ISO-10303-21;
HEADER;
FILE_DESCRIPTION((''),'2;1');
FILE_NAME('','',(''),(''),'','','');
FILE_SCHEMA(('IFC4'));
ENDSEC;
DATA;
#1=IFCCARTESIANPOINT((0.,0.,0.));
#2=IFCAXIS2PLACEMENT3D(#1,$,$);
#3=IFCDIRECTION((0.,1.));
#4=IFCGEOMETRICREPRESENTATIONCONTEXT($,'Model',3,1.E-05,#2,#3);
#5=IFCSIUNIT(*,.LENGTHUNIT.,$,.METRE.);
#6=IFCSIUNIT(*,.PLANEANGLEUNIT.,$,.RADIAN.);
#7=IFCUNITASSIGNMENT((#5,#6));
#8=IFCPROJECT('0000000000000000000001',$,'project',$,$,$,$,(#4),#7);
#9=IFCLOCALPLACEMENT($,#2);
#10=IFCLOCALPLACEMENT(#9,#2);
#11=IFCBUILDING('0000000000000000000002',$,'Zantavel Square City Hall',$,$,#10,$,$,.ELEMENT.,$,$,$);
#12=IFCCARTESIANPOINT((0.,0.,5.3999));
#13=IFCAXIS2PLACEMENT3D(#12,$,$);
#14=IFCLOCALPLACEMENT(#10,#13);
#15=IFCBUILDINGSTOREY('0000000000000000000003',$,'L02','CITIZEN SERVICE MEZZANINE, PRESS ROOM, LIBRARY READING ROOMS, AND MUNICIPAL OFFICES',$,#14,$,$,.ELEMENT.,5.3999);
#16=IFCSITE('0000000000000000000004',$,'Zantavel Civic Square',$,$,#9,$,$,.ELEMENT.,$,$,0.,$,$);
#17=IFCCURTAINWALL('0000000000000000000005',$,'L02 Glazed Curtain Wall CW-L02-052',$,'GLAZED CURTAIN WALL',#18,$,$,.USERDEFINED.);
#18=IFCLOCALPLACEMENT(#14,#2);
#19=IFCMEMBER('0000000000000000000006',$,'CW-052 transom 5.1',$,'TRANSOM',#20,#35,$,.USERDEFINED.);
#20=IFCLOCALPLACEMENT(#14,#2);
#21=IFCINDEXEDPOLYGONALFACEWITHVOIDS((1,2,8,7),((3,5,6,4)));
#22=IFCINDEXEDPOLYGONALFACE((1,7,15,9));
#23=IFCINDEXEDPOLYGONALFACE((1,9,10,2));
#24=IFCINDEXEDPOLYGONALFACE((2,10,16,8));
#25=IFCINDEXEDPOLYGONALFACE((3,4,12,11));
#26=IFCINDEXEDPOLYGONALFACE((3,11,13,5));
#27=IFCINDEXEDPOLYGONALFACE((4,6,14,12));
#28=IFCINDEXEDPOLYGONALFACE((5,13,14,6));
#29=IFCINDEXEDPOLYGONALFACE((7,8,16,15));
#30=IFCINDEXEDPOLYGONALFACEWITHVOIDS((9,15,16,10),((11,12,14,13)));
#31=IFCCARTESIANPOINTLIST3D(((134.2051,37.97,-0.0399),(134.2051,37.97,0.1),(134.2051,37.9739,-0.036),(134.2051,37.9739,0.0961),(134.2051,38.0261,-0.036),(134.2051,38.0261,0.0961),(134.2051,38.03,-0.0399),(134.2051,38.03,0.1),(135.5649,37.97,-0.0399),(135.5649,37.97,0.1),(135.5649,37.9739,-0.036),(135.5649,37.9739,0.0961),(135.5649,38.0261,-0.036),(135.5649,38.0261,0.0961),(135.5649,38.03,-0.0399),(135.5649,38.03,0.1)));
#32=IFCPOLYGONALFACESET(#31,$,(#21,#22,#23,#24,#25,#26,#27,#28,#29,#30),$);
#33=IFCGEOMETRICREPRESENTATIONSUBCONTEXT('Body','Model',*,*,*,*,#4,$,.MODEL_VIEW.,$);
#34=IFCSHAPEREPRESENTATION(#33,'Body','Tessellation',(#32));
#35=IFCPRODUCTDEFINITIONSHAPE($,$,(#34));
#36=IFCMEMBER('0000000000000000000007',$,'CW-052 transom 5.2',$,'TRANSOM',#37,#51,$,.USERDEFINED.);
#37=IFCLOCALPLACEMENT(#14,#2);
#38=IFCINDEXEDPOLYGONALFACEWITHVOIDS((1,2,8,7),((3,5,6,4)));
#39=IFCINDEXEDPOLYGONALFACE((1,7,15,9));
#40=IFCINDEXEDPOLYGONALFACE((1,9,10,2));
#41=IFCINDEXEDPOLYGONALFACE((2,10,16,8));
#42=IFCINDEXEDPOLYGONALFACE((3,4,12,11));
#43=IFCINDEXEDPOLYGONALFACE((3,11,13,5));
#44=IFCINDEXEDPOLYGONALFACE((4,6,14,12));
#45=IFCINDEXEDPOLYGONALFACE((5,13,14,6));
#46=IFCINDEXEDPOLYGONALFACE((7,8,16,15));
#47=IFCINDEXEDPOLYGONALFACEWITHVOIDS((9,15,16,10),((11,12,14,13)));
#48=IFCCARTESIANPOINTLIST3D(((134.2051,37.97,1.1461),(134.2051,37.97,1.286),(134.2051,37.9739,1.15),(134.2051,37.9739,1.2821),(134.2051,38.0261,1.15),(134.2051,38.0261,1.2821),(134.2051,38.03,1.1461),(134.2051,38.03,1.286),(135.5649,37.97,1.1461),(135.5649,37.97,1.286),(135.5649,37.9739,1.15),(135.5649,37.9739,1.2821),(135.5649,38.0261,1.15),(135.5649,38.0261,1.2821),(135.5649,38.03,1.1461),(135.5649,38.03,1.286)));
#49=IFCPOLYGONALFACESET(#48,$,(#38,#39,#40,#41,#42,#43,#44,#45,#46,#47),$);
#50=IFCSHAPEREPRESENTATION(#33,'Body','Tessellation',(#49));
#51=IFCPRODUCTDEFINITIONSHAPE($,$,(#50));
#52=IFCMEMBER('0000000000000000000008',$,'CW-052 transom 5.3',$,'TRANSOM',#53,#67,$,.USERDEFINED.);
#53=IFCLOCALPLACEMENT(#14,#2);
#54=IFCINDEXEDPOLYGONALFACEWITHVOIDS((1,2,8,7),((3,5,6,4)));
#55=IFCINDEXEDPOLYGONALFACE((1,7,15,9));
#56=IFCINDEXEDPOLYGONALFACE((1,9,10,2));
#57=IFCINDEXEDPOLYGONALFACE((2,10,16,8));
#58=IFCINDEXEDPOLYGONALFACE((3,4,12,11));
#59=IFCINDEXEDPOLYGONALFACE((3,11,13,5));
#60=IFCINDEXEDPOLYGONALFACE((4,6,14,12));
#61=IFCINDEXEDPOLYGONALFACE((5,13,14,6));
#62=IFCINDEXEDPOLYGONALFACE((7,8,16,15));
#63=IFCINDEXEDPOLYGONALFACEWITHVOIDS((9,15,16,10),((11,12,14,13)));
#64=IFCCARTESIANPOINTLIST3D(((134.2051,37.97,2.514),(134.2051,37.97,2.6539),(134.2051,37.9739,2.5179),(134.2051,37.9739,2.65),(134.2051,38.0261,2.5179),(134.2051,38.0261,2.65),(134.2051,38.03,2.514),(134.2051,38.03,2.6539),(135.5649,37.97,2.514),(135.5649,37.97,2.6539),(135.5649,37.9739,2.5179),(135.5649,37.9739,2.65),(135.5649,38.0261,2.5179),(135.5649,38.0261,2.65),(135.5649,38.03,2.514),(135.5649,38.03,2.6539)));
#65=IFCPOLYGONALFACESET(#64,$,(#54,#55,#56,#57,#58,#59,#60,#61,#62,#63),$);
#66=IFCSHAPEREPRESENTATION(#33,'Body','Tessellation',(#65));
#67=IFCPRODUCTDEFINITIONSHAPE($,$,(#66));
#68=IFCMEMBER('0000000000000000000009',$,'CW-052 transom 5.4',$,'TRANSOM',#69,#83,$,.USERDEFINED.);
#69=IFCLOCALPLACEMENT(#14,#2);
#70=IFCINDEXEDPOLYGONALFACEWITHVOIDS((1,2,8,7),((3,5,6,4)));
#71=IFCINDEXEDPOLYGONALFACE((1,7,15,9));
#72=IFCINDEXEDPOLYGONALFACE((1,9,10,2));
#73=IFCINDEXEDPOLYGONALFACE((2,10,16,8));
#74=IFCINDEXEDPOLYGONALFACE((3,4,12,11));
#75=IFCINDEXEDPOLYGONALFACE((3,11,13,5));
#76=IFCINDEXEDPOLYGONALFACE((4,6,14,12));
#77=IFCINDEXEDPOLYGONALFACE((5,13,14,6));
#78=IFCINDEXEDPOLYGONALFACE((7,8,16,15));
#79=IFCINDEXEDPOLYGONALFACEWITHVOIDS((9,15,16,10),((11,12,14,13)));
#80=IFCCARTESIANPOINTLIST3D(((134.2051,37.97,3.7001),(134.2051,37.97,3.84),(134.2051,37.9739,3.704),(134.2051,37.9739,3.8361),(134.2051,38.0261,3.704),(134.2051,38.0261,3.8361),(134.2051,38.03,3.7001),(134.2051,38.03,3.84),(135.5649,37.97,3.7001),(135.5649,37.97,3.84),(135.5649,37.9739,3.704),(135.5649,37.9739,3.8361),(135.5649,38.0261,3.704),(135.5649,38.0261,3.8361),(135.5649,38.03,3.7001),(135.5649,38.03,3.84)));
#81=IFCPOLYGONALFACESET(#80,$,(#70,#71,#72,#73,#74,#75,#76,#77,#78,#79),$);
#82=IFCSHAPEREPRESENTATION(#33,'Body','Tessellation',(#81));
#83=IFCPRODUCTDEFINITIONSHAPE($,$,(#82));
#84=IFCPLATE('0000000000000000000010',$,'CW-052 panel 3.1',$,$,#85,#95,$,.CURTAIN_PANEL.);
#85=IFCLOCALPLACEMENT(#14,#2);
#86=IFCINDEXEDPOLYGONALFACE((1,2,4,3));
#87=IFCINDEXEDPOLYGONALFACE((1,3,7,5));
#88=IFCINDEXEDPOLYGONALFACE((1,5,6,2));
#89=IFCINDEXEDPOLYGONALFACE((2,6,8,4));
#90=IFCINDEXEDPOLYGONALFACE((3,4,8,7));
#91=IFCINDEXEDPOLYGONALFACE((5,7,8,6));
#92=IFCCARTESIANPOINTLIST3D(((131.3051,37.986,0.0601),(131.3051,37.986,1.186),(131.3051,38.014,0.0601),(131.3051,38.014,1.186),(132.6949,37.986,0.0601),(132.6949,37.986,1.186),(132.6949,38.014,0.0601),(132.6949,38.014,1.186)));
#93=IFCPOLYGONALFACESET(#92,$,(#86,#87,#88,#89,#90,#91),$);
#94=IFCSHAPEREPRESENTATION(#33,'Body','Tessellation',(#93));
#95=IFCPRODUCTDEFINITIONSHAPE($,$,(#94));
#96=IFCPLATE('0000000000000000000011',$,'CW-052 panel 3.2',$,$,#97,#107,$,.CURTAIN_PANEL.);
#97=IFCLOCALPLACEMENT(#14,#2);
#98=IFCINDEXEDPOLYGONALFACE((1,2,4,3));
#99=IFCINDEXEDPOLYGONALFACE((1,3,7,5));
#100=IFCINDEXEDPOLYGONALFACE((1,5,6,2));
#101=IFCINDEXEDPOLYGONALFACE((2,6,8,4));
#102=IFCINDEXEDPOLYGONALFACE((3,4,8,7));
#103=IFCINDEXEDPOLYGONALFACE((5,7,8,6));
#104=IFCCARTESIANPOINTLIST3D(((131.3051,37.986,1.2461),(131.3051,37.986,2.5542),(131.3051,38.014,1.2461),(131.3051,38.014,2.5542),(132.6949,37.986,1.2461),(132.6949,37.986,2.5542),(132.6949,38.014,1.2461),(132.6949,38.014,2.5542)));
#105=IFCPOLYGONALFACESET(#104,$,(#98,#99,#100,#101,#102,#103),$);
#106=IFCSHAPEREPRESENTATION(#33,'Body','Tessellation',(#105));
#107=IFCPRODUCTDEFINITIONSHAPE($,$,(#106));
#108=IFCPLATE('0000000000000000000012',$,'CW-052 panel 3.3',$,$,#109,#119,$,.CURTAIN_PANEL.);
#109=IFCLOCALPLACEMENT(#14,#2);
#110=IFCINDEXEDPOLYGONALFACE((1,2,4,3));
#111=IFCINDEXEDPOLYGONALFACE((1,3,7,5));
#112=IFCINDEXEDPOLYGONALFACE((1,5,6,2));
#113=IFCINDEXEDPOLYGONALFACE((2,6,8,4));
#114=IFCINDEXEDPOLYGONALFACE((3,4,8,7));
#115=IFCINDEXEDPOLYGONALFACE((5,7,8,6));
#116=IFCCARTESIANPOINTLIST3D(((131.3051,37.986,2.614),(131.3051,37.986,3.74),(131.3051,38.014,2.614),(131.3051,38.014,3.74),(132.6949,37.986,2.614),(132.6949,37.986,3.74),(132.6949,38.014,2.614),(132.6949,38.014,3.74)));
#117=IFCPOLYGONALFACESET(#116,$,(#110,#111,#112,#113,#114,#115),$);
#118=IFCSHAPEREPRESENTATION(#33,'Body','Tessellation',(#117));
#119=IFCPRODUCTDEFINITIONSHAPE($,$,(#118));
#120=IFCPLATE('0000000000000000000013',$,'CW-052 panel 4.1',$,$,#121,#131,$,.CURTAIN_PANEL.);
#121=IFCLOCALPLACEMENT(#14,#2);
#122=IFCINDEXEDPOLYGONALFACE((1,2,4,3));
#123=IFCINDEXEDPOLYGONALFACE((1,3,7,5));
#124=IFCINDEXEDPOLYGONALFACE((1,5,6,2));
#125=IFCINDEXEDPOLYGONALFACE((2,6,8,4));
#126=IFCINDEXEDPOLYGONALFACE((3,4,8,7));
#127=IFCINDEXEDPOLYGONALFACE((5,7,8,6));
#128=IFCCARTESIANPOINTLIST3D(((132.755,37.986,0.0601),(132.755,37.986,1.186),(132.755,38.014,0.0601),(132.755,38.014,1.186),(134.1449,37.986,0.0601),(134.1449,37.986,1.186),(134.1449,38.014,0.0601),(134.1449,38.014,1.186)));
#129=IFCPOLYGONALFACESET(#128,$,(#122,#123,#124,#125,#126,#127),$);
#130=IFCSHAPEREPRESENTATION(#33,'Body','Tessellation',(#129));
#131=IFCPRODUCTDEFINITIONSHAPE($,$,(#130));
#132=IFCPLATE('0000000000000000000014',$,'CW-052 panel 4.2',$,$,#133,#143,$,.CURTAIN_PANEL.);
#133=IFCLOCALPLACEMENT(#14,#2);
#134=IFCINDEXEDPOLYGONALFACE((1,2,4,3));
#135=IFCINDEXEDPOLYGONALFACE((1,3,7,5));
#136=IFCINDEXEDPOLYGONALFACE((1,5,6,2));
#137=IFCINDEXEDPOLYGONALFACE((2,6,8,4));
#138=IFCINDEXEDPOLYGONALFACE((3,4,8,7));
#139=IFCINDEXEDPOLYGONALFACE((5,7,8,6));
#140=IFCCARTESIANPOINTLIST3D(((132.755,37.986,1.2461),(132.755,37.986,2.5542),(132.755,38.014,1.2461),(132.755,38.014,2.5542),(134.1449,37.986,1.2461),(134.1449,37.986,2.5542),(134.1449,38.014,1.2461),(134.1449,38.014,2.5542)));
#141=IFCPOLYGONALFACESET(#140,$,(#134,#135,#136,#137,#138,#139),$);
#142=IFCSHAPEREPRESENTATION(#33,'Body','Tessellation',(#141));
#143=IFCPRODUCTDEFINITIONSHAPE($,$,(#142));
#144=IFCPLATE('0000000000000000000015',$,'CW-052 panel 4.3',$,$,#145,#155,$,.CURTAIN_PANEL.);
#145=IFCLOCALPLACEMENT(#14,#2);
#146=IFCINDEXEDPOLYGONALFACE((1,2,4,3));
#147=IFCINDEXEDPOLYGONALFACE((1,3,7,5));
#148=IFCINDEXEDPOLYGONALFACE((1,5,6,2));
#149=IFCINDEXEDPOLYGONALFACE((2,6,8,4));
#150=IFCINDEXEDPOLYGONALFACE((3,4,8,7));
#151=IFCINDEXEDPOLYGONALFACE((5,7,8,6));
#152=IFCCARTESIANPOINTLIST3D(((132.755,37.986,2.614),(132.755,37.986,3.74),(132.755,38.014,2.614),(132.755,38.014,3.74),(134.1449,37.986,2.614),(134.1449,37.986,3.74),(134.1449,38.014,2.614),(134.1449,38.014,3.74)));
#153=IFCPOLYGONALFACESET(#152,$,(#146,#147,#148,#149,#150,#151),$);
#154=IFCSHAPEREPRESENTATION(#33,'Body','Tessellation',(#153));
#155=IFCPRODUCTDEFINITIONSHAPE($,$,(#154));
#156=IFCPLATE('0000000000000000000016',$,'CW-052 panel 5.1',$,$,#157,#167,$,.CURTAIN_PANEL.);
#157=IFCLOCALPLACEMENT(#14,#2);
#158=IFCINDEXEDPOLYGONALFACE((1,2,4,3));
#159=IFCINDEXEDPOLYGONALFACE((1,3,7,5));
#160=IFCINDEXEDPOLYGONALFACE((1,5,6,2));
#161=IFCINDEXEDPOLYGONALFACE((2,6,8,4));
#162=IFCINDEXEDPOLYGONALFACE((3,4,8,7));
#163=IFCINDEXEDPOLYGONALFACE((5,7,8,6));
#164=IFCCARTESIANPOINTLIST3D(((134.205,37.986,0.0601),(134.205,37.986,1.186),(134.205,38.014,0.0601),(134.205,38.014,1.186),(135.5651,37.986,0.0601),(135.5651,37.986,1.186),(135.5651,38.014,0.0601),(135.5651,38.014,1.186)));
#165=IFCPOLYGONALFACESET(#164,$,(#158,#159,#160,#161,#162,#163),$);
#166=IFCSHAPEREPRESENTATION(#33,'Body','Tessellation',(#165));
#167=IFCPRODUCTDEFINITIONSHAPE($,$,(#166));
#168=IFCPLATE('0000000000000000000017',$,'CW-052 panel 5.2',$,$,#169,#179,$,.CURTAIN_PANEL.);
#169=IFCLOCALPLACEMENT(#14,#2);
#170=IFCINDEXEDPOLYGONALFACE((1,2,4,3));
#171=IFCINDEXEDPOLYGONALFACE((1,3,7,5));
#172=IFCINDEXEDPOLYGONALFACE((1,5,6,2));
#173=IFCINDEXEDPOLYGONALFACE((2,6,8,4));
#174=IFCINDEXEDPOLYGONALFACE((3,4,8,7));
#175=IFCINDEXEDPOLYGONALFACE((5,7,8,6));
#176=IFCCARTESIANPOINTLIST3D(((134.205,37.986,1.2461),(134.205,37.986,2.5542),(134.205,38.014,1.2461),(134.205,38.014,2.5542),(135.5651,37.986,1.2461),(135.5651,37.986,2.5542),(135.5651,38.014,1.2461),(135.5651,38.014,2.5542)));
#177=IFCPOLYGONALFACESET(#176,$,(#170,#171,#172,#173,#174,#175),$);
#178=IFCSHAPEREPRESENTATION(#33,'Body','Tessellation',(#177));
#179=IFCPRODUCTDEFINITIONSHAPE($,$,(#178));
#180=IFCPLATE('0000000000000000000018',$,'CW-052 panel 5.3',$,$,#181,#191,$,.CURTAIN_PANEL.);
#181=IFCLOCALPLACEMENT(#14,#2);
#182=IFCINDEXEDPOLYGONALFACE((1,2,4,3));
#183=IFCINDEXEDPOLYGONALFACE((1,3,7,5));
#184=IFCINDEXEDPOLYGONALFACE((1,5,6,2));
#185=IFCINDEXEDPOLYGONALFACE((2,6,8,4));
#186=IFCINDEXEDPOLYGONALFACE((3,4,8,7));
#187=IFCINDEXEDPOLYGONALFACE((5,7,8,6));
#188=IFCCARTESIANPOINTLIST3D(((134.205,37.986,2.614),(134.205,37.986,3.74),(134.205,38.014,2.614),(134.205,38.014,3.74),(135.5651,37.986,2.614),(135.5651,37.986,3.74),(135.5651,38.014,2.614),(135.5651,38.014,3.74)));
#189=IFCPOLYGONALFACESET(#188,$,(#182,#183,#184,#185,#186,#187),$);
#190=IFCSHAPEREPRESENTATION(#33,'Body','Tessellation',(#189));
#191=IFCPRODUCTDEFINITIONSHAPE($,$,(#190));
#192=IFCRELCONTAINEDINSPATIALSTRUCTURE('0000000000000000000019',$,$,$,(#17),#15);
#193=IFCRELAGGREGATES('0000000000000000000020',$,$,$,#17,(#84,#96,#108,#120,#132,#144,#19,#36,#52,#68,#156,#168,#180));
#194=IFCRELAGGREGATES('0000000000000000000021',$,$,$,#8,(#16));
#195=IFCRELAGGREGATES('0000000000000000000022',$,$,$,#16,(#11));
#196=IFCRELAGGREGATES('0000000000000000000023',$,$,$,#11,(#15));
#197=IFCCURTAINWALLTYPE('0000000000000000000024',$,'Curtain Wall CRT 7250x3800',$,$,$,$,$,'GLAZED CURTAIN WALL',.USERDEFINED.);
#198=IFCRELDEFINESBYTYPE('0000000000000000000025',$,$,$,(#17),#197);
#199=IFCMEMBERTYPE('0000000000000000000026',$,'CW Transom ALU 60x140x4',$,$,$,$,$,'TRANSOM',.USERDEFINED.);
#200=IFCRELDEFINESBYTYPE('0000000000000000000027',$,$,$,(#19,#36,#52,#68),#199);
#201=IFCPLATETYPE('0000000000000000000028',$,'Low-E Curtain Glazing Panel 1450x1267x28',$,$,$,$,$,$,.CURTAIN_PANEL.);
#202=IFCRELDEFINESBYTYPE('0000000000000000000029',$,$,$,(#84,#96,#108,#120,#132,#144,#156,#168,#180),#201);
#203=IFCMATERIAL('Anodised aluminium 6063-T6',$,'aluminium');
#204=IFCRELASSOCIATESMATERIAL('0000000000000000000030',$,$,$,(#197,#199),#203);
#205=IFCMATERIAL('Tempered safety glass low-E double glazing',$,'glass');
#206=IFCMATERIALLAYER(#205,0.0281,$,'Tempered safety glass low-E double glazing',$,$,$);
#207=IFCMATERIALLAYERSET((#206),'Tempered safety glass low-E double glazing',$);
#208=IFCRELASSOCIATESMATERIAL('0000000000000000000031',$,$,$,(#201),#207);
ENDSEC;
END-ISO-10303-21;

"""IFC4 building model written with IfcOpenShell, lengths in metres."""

from ifc_helpers import new_model, si_unit, direction, frame, origin, origin_2d, place, context, subcontext, project, spatial, rectangle, hollow_rectangle, extrude, material, layer, layer_set, material_profile, profile_set, type_object, element, aggregate, save


model = new_model("IFC4")

# Units and contexts
model_context = context("Model", 3, precision=1e-05, world=origin(), true_north=direction((0.0, 1.0)))
body_context = subcontext(model_context, "Body", "Model", "MODEL_VIEW")
ifc_project = project(units=[si_unit("LENGTHUNIT", "METRE"), si_unit("PLANEANGLEUNIT", "RADIAN")], contexts=[model_context])

# Site, building, storey
site_placement = place(None, origin())
site = spatial("IfcSite", under=ifc_project, at=site_placement, Name="Zantavel Civic Square", CompositionType="ELEMENT", RefElevation=0.0)
building_placement = place(site_placement, origin())
building = spatial("IfcBuilding", under=site, at=building_placement, Name="Zantavel Square City Hall", CompositionType="ELEMENT")
storey_placement = place(building_placement, frame((0.0, 0.0, 5.3999)))
storey = spatial("IfcBuildingStorey", under=building, at=storey_placement, Name="L02", Description="CITIZEN SERVICE MEZZANINE, PRESS ROOM, LIBRARY READING ROOMS, AND MUNICIPAL OFFICES", CompositionType="ELEMENT", Elevation=5.3999)

# Curtain wall, members, plates
ifc_material_1 = material(Name="Anodised aluminium 6063-T6", Category="aluminium")
curtain_wall_type = type_object("IfcCurtainWallType", Name="Curtain Wall CRT 7250x3800", ElementType="GLAZED CURTAIN WALL", PredefinedType="USERDEFINED", material=ifc_material_1)
curtain_wall_placement = place(storey_placement, origin())
curtain_wall = element("IfcCurtainWall", 1, at=curtain_wall_placement, inside=storey, type_object=curtain_wall_type, Name="L02 Glazed Curtain Wall CW-L02-052", ObjectType="GLAZED CURTAIN WALL", PredefinedType="USERDEFINED")
ifc_material_profile_1 = material_profile(ifc_material_1, hollow_rectangle(XDim=0.0601, YDim=0.1399, WallThickness=0.0039, at=origin_2d()), Name="ALU 60x140x4")
ifc_profile_set_1 = profile_set([ifc_material_profile_1], Name="Anodised aluminium 6063-T6")
member_type_1 = type_object("IfcMemberType", Name="CW Transom ALU 60x140x4", ElementType="TRANSOM", PredefinedType="USERDEFINED", material=ifc_profile_set_1)
member_1_placement = place(storey_placement, frame((134.2051, 38.0, 0.03), z_axis=(1.0, 0.0, 0.0), x_axis=(0.0, 1.0, 0.0)))
member_1 = element("IfcMember", 2, at=member_1_placement, type_object=member_type_1, Name="CW-052 transom 5.1", ObjectType="TRANSOM", PredefinedType="USERDEFINED", context=body_context, shape_type="SweptSolid", body=[
    extrude(hollow_rectangle(XDim=0.0601, YDim=0.1399, WallThickness=0.0039, at=origin_2d()), origin(), (0.0, 0.0, 1.0), 1.3599),
])
member_2_placement = place(storey_placement, frame((134.2051, 38.0, 1.2161), z_axis=(1.0, 0.0, 0.0), x_axis=(0.0, 1.0, 0.0)))
member_2 = element("IfcMember", 3, at=member_2_placement, type_object=member_type_1, Name="CW-052 transom 5.2", ObjectType="TRANSOM", PredefinedType="USERDEFINED", context=body_context, shape_type="SweptSolid", body=[
    extrude(hollow_rectangle(XDim=0.0601, YDim=0.1399, WallThickness=0.0039, at=origin_2d()), origin(), (0.0, 0.0, 1.0), 1.3599),
])
member_3_placement = place(storey_placement, frame((134.2051, 38.0, 2.584), z_axis=(1.0, 0.0, 0.0), x_axis=(0.0, 1.0, 0.0)))
member_3 = element("IfcMember", 4, at=member_3_placement, type_object=member_type_1, Name="CW-052 transom 5.3", ObjectType="TRANSOM", PredefinedType="USERDEFINED", context=body_context, shape_type="SweptSolid", body=[
    extrude(hollow_rectangle(XDim=0.0601, YDim=0.1399, WallThickness=0.0039, at=origin_2d()), origin(), (0.0, 0.0, 1.0), 1.3599),
])
member_4_placement = place(storey_placement, frame((134.2051, 38.0, 3.77), z_axis=(1.0, 0.0, 0.0), x_axis=(0.0, 1.0, 0.0)))
member_4 = element("IfcMember", 5, at=member_4_placement, type_object=member_type_1, Name="CW-052 transom 5.4", ObjectType="TRANSOM", PredefinedType="USERDEFINED", context=body_context, shape_type="SweptSolid", body=[
    extrude(hollow_rectangle(XDim=0.0601, YDim=0.1399, WallThickness=0.0039, at=origin_2d()), origin(), (0.0, 0.0, 1.0), 1.3599),
])
ifc_material_2 = material(Name="Tempered safety glass low-E double glazing", Category="glass")
ifc_layer = layer(ifc_material_2, 0.0281, Name="Tempered safety glass low-E double glazing")
ifc_layer_set = layer_set([ifc_layer], Name="Tempered safety glass low-E double glazing")
plate_type = type_object("IfcPlateType", Name="Low-E Curtain Glazing Panel 1450x1267x28", PredefinedType="CURTAIN_PANEL", material=ifc_layer_set)
plate_1_placement = place(storey_placement, frame((132.0, 38.0, 0.0601), z_axis=(0.0, 0.0, 1.0), x_axis=(1.0, 0.0, 0.0)))
plate_1 = element("IfcPlate", 6, at=plate_1_placement, type_object=plate_type, Name="CW-052 panel 3.1", PredefinedType="CURTAIN_PANEL", context=body_context, shape_type="SweptSolid", body=[
    extrude(rectangle(XDim=1.3899, YDim=0.0281, at=origin_2d()), origin(), (0.0, 0.0, 1.0), 1.126),
])
plate_2_placement = place(storey_placement, frame((132.0, 38.0, 1.2461), z_axis=(0.0, 0.0, 1.0), x_axis=(1.0, 0.0, 0.0)))
plate_2 = element("IfcPlate", 7, at=plate_2_placement, type_object=plate_type, Name="CW-052 panel 3.2", PredefinedType="CURTAIN_PANEL", context=body_context, shape_type="SweptSolid", body=[
    extrude(rectangle(XDim=1.3899, YDim=0.0281, at=origin_2d()), origin(), (0.0, 0.0, 1.0), 1.3081),
])
plate_3_placement = place(storey_placement, frame((132.0, 38.0, 2.614), z_axis=(0.0, 0.0, 1.0), x_axis=(1.0, 0.0, 0.0)))
plate_3 = element("IfcPlate", 8, at=plate_3_placement, type_object=plate_type, Name="CW-052 panel 3.3", PredefinedType="CURTAIN_PANEL", context=body_context, shape_type="SweptSolid", body=[
    extrude(rectangle(XDim=1.3899, YDim=0.0281, at=origin_2d()), origin(), (0.0, 0.0, 1.0), 1.126),
])
plate_4_placement = place(storey_placement, frame((133.45, 38.0, 0.0601), z_axis=(0.0, 0.0, 1.0), x_axis=(1.0, 0.0, 0.0)))
plate_4 = element("IfcPlate", 9, at=plate_4_placement, type_object=plate_type, Name="CW-052 panel 4.1", PredefinedType="CURTAIN_PANEL", context=body_context, shape_type="SweptSolid", body=[
    extrude(rectangle(XDim=1.3899, YDim=0.0281, at=origin_2d()), origin(), (0.0, 0.0, 1.0), 1.126),
])
plate_5_placement = place(storey_placement, frame((133.45, 38.0, 1.2461), z_axis=(0.0, 0.0, 1.0), x_axis=(1.0, 0.0, 0.0)))
plate_5 = element("IfcPlate", 10, at=plate_5_placement, type_object=plate_type, Name="CW-052 panel 4.2", PredefinedType="CURTAIN_PANEL", context=body_context, shape_type="SweptSolid", body=[
    extrude(rectangle(XDim=1.3899, YDim=0.0281, at=origin_2d()), origin(), (0.0, 0.0, 1.0), 1.3081),
])
plate_6_placement = place(storey_placement, frame((133.45, 38.0, 2.614), z_axis=(0.0, 0.0, 1.0), x_axis=(1.0, 0.0, 0.0)))
plate_6 = element("IfcPlate", 11, at=plate_6_placement, type_object=plate_type, Name="CW-052 panel 4.3", PredefinedType="CURTAIN_PANEL", context=body_context, shape_type="SweptSolid", body=[
    extrude(rectangle(XDim=1.3899, YDim=0.0281, at=origin_2d()), origin(), (0.0, 0.0, 1.0), 1.126),
])
plate_7_placement = place(storey_placement, frame((134.885, 38.0, 0.0601), z_axis=(0.0, 0.0, 1.0), x_axis=(1.0, 0.0, 0.0)))
plate_7 = element("IfcPlate", 12, at=plate_7_placement, type_object=plate_type, Name="CW-052 panel 5.1", PredefinedType="CURTAIN_PANEL", context=body_context, shape_type="SweptSolid", body=[
    extrude(rectangle(XDim=1.3601, YDim=0.0281, at=origin_2d()), origin(), (0.0, 0.0, 1.0), 1.126),
])
plate_8_placement = place(storey_placement, frame((134.885, 38.0, 1.2461), z_axis=(0.0, 0.0, 1.0), x_axis=(1.0, 0.0, 0.0)))
plate_8 = element("IfcPlate", 13, at=plate_8_placement, type_object=plate_type, Name="CW-052 panel 5.2", PredefinedType="CURTAIN_PANEL", context=body_context, shape_type="SweptSolid", body=[
    extrude(rectangle(XDim=1.3601, YDim=0.0281, at=origin_2d()), origin(), (0.0, 0.0, 1.0), 1.3081),
])
plate_9_placement = place(storey_placement, frame((134.885, 38.0, 2.614), z_axis=(0.0, 0.0, 1.0), x_axis=(1.0, 0.0, 0.0)))
plate_9 = element("IfcPlate", 14, at=plate_9_placement, type_object=plate_type, Name="CW-052 panel 5.3", PredefinedType="CURTAIN_PANEL", context=body_context, shape_type="SweptSolid", body=[
    extrude(rectangle(XDim=1.3601, YDim=0.0281, at=origin_2d()), origin(), (0.0, 0.0, 1.0), 1.126),
])
aggregate(curtain_wall, [plate_1, plate_2, plate_3, plate_4, plate_5, plate_6, member_1, member_2, member_3, member_4, plate_7, plate_8, plate_9])

save(model, "model.ifc")
